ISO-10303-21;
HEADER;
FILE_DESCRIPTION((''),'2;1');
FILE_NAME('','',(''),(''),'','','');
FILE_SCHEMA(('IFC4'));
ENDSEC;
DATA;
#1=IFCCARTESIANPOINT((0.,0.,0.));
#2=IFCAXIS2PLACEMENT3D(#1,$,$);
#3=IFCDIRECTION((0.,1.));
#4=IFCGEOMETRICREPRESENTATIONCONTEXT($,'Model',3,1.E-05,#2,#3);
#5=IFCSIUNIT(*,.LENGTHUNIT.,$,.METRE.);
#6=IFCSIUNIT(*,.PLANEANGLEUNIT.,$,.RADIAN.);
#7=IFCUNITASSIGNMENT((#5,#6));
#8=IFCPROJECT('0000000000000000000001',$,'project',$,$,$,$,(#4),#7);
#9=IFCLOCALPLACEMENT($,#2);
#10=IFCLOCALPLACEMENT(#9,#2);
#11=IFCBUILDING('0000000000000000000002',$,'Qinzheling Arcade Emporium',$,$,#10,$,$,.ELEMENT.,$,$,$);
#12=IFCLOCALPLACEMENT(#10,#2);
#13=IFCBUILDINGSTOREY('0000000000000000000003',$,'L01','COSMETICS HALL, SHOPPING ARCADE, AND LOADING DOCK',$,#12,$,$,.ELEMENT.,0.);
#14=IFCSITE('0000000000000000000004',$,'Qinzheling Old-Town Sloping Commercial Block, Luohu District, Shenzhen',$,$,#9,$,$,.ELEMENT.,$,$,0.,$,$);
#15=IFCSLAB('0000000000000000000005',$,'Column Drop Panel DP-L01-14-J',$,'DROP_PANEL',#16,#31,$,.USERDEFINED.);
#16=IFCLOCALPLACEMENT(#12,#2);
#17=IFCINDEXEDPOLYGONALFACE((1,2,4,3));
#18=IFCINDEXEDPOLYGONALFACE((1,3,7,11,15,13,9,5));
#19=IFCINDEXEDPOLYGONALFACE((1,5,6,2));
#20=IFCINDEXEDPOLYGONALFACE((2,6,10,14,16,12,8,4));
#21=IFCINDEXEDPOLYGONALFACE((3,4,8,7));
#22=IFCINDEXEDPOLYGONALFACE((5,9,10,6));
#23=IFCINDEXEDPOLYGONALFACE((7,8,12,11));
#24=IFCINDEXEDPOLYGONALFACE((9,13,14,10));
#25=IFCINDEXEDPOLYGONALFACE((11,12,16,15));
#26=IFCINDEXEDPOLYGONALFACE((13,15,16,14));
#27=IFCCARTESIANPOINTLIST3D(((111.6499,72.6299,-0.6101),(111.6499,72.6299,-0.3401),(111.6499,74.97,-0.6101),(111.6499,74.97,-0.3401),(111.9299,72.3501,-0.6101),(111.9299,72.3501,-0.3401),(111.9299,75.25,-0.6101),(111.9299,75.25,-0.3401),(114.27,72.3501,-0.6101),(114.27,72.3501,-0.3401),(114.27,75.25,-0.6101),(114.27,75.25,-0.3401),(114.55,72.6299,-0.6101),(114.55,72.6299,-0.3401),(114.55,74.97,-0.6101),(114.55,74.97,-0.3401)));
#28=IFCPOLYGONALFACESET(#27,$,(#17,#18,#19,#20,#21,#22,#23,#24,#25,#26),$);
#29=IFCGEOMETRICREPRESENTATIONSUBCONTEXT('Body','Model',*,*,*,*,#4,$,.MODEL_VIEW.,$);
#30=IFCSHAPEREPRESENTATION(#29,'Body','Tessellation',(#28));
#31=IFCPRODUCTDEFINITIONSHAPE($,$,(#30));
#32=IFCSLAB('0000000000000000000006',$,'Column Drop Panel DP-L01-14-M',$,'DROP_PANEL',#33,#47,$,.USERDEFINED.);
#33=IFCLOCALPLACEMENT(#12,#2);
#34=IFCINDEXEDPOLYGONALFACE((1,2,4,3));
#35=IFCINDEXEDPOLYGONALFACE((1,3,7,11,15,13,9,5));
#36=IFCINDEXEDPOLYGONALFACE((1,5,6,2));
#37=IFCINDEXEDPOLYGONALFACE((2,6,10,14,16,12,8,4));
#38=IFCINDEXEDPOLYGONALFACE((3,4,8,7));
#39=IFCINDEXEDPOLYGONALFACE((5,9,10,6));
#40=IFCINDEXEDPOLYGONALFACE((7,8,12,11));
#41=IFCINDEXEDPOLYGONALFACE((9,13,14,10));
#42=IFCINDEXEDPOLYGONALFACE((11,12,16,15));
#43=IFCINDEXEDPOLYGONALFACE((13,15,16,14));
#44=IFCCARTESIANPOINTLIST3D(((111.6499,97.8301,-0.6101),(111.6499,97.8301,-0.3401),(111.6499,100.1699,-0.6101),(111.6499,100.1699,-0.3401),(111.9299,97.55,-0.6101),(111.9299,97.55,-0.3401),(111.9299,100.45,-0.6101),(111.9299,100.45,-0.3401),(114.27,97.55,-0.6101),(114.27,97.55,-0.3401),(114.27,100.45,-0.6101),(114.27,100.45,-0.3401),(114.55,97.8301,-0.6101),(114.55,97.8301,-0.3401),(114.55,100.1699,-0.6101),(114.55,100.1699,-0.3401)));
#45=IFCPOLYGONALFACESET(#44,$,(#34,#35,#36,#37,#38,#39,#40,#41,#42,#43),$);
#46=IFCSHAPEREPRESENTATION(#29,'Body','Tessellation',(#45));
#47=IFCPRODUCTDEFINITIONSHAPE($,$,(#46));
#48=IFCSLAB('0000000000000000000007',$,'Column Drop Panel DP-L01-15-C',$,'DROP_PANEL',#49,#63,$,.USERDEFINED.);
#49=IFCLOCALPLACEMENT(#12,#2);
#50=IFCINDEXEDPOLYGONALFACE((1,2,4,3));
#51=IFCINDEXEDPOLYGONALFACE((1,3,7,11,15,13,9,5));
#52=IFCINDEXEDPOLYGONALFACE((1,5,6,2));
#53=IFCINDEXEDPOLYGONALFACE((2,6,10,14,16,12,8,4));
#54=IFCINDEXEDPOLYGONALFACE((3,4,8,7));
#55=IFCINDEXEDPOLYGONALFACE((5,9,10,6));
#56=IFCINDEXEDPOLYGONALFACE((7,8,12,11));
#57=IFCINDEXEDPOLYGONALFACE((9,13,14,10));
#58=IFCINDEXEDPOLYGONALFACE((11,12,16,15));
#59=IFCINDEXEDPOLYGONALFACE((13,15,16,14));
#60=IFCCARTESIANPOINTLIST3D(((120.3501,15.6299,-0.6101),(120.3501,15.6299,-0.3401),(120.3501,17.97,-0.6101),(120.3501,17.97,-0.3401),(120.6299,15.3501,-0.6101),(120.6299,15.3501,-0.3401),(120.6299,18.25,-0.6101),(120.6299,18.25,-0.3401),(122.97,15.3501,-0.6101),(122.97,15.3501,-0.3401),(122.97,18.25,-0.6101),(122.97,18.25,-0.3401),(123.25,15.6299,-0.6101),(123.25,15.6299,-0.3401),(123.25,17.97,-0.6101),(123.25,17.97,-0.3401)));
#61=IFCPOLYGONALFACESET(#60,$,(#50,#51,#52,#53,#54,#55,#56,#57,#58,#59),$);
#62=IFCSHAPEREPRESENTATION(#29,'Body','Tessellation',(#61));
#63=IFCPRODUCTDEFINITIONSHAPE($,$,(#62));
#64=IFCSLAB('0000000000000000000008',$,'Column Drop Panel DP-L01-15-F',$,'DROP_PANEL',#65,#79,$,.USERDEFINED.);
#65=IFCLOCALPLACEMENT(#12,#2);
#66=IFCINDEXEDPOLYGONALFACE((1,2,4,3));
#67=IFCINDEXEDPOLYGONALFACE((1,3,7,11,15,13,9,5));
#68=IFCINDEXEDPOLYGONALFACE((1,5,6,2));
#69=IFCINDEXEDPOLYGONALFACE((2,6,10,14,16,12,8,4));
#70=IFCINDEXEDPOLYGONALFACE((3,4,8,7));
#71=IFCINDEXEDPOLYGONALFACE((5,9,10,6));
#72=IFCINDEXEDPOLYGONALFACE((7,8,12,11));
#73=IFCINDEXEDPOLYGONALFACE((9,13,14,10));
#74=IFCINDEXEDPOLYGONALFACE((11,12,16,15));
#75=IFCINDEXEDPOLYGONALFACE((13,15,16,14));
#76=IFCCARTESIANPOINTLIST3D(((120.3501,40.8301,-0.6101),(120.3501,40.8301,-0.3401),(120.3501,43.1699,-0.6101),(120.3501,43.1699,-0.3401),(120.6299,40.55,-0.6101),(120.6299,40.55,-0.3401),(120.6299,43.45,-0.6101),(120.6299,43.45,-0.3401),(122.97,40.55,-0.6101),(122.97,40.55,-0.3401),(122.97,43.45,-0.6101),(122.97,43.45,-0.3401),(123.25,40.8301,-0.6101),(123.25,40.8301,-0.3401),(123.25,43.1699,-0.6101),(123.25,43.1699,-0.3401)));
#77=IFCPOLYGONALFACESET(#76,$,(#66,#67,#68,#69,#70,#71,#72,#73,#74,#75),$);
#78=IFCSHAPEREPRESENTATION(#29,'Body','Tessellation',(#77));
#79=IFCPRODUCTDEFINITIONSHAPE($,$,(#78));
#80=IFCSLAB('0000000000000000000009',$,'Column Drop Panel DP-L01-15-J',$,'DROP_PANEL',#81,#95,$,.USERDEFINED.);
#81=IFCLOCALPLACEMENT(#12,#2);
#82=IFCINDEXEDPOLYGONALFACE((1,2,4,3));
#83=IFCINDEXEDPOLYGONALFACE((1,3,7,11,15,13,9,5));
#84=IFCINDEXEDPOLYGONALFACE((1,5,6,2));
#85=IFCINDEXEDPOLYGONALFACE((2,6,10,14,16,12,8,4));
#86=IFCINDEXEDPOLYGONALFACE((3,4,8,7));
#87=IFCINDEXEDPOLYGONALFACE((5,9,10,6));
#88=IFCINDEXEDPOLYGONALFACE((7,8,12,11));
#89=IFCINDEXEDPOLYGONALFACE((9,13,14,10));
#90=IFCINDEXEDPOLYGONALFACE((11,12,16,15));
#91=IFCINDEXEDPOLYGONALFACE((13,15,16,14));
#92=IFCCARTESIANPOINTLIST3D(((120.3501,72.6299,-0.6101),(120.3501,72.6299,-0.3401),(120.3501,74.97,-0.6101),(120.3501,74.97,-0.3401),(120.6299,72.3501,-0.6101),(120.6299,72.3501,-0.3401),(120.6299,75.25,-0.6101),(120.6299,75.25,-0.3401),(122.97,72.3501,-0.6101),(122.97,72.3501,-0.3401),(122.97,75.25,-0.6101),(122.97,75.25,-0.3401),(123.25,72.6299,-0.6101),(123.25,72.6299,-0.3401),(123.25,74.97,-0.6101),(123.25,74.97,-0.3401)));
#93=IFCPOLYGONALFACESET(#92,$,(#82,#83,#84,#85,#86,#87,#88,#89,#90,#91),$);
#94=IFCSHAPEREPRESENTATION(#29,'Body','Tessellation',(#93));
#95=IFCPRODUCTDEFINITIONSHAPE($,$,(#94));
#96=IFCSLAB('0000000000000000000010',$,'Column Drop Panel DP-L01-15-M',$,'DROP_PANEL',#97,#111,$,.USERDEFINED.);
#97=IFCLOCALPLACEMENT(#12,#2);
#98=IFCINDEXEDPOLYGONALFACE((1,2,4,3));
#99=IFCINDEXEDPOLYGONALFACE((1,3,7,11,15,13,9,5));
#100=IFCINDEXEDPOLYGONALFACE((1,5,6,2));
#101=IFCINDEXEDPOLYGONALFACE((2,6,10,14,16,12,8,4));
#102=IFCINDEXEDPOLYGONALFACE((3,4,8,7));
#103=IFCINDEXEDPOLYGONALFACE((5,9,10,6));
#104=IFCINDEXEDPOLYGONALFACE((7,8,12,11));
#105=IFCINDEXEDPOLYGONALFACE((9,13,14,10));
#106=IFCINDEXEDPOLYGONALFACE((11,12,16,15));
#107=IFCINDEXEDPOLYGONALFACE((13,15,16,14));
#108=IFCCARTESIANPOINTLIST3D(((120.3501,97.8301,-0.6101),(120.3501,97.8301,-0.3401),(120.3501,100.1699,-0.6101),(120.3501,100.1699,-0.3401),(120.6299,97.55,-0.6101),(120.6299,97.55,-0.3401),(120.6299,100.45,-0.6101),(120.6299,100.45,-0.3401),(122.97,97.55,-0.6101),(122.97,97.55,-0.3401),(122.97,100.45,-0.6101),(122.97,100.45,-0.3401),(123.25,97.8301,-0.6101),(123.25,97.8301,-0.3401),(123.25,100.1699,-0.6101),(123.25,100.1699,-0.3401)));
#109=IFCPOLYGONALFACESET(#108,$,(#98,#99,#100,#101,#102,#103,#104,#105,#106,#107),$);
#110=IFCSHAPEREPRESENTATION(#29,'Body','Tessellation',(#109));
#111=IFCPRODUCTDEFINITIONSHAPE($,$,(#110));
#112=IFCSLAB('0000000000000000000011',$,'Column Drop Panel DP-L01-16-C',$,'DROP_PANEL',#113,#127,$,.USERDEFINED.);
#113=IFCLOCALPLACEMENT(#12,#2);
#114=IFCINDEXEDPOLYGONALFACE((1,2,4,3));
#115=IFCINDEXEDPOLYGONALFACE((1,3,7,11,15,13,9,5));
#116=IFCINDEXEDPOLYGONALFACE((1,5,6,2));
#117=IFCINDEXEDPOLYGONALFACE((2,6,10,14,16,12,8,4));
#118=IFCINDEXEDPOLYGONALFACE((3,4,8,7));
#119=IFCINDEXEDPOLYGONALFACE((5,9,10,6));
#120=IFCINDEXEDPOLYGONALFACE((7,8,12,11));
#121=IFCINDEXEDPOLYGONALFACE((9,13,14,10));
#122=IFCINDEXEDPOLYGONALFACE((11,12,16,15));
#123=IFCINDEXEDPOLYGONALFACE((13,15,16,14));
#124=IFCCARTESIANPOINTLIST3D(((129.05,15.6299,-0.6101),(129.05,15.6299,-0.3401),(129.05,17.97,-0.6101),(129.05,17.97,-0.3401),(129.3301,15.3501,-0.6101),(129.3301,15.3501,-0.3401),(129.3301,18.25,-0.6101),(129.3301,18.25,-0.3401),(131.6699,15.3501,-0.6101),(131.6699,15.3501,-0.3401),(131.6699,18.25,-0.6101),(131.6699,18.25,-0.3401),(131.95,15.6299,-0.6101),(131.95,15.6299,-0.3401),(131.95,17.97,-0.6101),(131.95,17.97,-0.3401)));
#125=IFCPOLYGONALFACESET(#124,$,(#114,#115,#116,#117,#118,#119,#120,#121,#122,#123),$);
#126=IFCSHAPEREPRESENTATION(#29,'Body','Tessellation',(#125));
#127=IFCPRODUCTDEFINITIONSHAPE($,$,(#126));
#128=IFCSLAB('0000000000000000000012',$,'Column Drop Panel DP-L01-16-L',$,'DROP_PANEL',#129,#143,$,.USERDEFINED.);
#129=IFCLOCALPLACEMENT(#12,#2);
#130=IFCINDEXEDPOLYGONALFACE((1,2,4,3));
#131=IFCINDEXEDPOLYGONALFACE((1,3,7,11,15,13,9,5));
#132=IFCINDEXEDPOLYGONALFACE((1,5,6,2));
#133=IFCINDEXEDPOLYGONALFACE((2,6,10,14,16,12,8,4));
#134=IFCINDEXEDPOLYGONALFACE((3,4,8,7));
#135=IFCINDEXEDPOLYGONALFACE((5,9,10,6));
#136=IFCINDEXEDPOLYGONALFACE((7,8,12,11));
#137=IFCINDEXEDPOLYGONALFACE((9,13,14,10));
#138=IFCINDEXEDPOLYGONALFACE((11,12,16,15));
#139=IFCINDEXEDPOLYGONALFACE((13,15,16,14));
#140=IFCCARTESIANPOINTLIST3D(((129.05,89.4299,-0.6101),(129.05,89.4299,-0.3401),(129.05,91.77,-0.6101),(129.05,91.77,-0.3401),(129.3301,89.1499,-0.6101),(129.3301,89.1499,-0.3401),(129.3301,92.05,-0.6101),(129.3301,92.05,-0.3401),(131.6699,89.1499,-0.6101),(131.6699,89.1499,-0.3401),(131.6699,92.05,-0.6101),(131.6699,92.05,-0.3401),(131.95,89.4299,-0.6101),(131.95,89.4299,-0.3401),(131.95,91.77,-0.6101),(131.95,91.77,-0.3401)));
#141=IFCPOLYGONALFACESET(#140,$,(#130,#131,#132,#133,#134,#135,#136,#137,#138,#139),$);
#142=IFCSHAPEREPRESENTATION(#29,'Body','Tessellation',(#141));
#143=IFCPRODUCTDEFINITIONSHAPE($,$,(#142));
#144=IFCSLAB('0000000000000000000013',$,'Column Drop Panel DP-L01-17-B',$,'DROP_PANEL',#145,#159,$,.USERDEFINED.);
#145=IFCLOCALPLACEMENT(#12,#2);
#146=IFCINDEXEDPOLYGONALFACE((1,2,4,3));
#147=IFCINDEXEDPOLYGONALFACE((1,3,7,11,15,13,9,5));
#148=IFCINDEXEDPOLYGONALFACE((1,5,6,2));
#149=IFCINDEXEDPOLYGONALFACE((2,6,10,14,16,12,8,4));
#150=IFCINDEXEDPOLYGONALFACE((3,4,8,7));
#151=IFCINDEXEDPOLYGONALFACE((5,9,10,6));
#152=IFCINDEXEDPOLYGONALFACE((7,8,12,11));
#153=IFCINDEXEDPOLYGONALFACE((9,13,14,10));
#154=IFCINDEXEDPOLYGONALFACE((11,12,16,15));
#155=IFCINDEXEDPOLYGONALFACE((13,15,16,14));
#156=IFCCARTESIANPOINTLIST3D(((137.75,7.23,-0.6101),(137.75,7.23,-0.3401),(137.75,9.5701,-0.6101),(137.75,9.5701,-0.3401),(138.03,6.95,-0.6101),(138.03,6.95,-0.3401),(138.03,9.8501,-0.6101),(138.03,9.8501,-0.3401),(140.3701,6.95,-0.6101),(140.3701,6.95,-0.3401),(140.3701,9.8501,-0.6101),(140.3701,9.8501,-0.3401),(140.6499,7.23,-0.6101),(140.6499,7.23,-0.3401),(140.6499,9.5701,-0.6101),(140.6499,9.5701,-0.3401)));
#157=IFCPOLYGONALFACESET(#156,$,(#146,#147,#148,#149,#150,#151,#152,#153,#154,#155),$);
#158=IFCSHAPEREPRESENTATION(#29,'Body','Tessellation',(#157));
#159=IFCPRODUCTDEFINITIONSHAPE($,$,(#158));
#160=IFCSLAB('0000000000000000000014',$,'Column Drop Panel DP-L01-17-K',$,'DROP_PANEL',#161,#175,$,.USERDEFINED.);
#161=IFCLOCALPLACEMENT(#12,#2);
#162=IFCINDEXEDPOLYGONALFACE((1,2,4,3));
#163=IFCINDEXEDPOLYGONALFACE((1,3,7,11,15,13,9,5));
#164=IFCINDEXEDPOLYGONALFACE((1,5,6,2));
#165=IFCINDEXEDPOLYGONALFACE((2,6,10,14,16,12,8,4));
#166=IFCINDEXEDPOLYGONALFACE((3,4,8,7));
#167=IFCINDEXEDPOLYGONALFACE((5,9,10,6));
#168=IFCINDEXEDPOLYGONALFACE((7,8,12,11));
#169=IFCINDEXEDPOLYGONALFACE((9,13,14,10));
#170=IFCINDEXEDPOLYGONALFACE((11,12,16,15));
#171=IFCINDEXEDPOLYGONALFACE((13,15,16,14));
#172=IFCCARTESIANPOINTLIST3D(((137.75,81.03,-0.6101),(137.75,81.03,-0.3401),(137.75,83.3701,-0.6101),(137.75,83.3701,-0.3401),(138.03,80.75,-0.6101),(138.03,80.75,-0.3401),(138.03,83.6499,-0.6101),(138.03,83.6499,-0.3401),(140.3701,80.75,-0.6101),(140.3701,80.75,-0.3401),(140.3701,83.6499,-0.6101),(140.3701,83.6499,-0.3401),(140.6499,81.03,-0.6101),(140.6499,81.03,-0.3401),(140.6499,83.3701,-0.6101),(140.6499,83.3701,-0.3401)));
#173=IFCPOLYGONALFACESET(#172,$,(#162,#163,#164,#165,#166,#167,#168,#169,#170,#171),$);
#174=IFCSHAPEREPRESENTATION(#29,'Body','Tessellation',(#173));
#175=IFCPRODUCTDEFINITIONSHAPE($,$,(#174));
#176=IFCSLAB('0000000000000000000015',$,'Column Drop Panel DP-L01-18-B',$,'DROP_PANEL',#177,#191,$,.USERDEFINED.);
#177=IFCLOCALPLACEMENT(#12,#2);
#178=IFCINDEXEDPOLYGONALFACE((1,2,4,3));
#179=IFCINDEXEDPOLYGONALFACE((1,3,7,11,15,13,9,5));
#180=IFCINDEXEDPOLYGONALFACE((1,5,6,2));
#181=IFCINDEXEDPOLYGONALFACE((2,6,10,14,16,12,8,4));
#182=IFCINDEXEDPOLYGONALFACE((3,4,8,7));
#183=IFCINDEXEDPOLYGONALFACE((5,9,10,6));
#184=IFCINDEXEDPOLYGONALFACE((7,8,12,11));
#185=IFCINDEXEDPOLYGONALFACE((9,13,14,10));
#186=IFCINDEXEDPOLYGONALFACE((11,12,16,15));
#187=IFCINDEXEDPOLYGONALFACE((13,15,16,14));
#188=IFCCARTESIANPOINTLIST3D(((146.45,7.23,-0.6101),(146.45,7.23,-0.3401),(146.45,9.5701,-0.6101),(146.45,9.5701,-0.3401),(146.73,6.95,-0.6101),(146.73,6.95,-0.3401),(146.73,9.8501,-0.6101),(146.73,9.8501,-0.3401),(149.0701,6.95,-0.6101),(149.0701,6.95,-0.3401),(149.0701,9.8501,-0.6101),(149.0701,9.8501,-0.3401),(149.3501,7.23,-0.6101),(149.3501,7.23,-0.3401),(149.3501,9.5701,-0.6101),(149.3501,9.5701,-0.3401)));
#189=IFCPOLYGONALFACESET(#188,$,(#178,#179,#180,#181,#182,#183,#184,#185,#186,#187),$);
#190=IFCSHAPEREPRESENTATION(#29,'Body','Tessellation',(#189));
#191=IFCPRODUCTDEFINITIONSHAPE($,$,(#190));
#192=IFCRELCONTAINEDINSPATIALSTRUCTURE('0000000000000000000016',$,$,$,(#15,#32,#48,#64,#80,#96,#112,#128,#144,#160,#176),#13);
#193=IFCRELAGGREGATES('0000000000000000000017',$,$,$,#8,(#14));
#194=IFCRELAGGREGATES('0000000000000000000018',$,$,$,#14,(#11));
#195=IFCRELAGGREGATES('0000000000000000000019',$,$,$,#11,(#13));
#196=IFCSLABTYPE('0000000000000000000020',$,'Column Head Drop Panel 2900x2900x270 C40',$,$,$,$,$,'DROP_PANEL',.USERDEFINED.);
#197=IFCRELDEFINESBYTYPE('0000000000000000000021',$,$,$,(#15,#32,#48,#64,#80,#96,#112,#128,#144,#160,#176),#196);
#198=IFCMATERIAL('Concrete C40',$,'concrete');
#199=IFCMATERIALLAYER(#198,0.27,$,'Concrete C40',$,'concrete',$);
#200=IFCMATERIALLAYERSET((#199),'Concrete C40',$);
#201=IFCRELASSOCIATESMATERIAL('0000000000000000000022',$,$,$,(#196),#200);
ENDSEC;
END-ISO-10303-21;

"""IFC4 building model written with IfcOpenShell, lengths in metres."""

from ifc_helpers import new_model, si_unit, direction, frame, origin, place, context, subcontext, project, spatial, polyline, outline, extrude, material, layer, layer_set, type_object, element, save


model = new_model("IFC4")

# Units and contexts
model_context = context("Model", 3, precision=1e-05, world=origin(), true_north=direction((0.0, 1.0)))
body_context = subcontext(model_context, "Body", "Model", "MODEL_VIEW")
ifc_project = project(units=[si_unit("LENGTHUNIT", "METRE"), si_unit("PLANEANGLEUNIT", "RADIAN")], contexts=[model_context])

# Site, building, storey
site_placement = place(None, origin())
site = spatial("IfcSite", under=ifc_project, at=site_placement, Name="Qinzheling Old-Town Sloping Commercial Block, Luohu District, Shenzhen", CompositionType="ELEMENT", RefElevation=0.0)
building_placement = place(site_placement, origin())
building = spatial("IfcBuilding", under=site, at=building_placement, Name="Qinzheling Arcade Emporium", CompositionType="ELEMENT")
storey_placement = place(building_placement, origin())
storey = spatial("IfcBuildingStorey", under=building, at=storey_placement, Name="L01", Description="COSMETICS HALL, SHOPPING ARCADE, AND LOADING DOCK", CompositionType="ELEMENT", Elevation=0.0)

# Slabs
ifc_material = material(Name="Concrete C40", Category="concrete")
ifc_layer_1 = layer(ifc_material, 0.27, Name="Concrete C40", Category="concrete")
ifc_layer_set_1 = layer_set([ifc_layer_1], Name="Concrete C40")
slab_type_1 = type_object("IfcSlabType", Name="Column Head Drop Panel 2900x2900x270 C40", ElementType="DROP_PANEL", PredefinedType="USERDEFINED", material=ifc_layer_set_1)
slab_1_placement = place(storey_placement, frame((0.0, 0.0, -0.6101)))
element("IfcSlab", 1, at=slab_1_placement, inside=storey, type_object=slab_type_1, Name="Column Drop Panel DP-L01-14-J", ObjectType="DROP_PANEL", PredefinedType="USERDEFINED", context=body_context, shape_type="SweptSolid", body=[
    extrude(outline(polyline([(111.9299, 72.3501), (114.27, 72.3501), (114.55, 72.6299), (114.55, 74.97), (114.27, 75.25), (111.9299, 75.25), (111.6499, 74.97), (111.6499, 72.6299), (111.9299, 72.3501)])), origin(), (0.0, 0.0, 1.0), 0.27),
])
slab_2_placement = place(storey_placement, frame((0.0, 0.0, -0.6101)))
element("IfcSlab", 2, at=slab_2_placement, inside=storey, type_object=slab_type_1, Name="Column Drop Panel DP-L01-14-M", ObjectType="DROP_PANEL", PredefinedType="USERDEFINED", context=body_context, shape_type="SweptSolid", body=[
    extrude(outline(polyline([(111.9299, 97.55), (114.27, 97.55), (114.55, 97.8301), (114.55, 100.1699), (114.27, 100.45), (111.9299, 100.45), (111.6499, 100.1699), (111.6499, 97.8301), (111.9299, 97.55)])), origin(), (0.0, 0.0, 1.0), 0.27),
])
slab_3_placement = place(storey_placement, frame((0.0, 0.0, -0.6101)))
element("IfcSlab", 3, at=slab_3_placement, inside=storey, type_object=slab_type_1, Name="Column Drop Panel DP-L01-15-C", ObjectType="DROP_PANEL", PredefinedType="USERDEFINED", context=body_context, shape_type="SweptSolid", body=[
    extrude(outline(polyline([(120.6299, 15.3501), (122.97, 15.3501), (123.25, 15.6299), (123.25, 17.97), (122.97, 18.25), (120.6299, 18.25), (120.3501, 17.97), (120.3501, 15.6299), (120.6299, 15.3501)])), origin(), (0.0, 0.0, 1.0), 0.27),
])
slab_4_placement = place(storey_placement, frame((0.0, 0.0, -0.6101)))
element("IfcSlab", 4, at=slab_4_placement, inside=storey, type_object=slab_type_1, Name="Column Drop Panel DP-L01-15-F", ObjectType="DROP_PANEL", PredefinedType="USERDEFINED", context=body_context, shape_type="SweptSolid", body=[
    extrude(outline(polyline([(120.6299, 40.55), (122.97, 40.55), (123.25, 40.8301), (123.25, 43.1699), (122.97, 43.45), (120.6299, 43.45), (120.3501, 43.1699), (120.3501, 40.8301), (120.6299, 40.55)])), origin(), (0.0, 0.0, 1.0), 0.27),
])
slab_5_placement = place(storey_placement, frame((0.0, 0.0, -0.6101)))
element("IfcSlab", 5, at=slab_5_placement, inside=storey, type_object=slab_type_1, Name="Column Drop Panel DP-L01-15-J", ObjectType="DROP_PANEL", PredefinedType="USERDEFINED", context=body_context, shape_type="SweptSolid", body=[
    extrude(outline(polyline([(120.6299, 72.3501), (122.97, 72.3501), (123.25, 72.6299), (123.25, 74.97), (122.97, 75.25), (120.6299, 75.25), (120.3501, 74.97), (120.3501, 72.6299), (120.6299, 72.3501)])), origin(), (0.0, 0.0, 1.0), 0.27),
])
slab_6_placement = place(storey_placement, frame((0.0, 0.0, -0.6101)))
element("IfcSlab", 6, at=slab_6_placement, inside=storey, type_object=slab_type_1, Name="Column Drop Panel DP-L01-15-M", ObjectType="DROP_PANEL", PredefinedType="USERDEFINED", context=body_context, shape_type="SweptSolid", body=[
    extrude(outline(polyline([(120.6299, 97.55), (122.97, 97.55), (123.25, 97.8301), (123.25, 100.1699), (122.97, 100.45), (120.6299, 100.45), (120.3501, 100.1699), (120.3501, 97.8301), (120.6299, 97.55)])), origin(), (0.0, 0.0, 1.0), 0.27),
])
slab_7_placement = place(storey_placement, frame((0.0, 0.0, -0.6101)))
element("IfcSlab", 7, at=slab_7_placement, inside=storey, type_object=slab_type_1, Name="Column Drop Panel DP-L01-16-C", ObjectType="DROP_PANEL", PredefinedType="USERDEFINED", context=body_context, shape_type="SweptSolid", body=[
    extrude(outline(polyline([(129.3301, 15.3501), (131.6699, 15.3501), (131.95, 15.6299), (131.95, 17.97), (131.6699, 18.25), (129.3301, 18.25), (129.05, 17.97), (129.05, 15.6299), (129.3301, 15.3501)])), origin(), (0.0, 0.0, 1.0), 0.27),
])
slab_8_placement = place(storey_placement, frame((0.0, 0.0, -0.6101)))
element("IfcSlab", 8, at=slab_8_placement, inside=storey, type_object=slab_type_1, Name="Column Drop Panel DP-L01-16-L", ObjectType="DROP_PANEL", PredefinedType="USERDEFINED", context=body_context, shape_type="SweptSolid", body=[
    extrude(outline(polyline([(129.3301, 89.1499), (131.6699, 89.1499), (131.95, 89.4299), (131.95, 91.77), (131.6699, 92.05), (129.3301, 92.05), (129.05, 91.77), (129.05, 89.4299), (129.3301, 89.1499)])), origin(), (0.0, 0.0, 1.0), 0.27),
])
slab_9_placement = place(storey_placement, frame((0.0, 0.0, -0.6101)))
element("IfcSlab", 9, at=slab_9_placement, inside=storey, type_object=slab_type_1, Name="Column Drop Panel DP-L01-17-B", ObjectType="DROP_PANEL", PredefinedType="USERDEFINED", context=body_context, shape_type="SweptSolid", body=[
    extrude(outline(polyline([(138.03, 6.95), (140.3701, 6.95), (140.6499, 7.23), (140.6499, 9.5701), (140.3701, 9.8501), (138.03, 9.8501), (137.75, 9.5701), (137.75, 7.23), (138.03, 6.95)])), origin(), (0.0, 0.0, 1.0), 0.27),
])
slab_10_placement = place(storey_placement, frame((0.0, 0.0, -0.6101)))
element("IfcSlab", 10, at=slab_10_placement, inside=storey, type_object=slab_type_1, Name="Column Drop Panel DP-L01-17-K", ObjectType="DROP_PANEL", PredefinedType="USERDEFINED", context=body_context, shape_type="SweptSolid", body=[
    extrude(outline(polyline([(138.03, 80.75), (140.3701, 80.75), (140.6499, 81.03), (140.6499, 83.3701), (140.3701, 83.6499), (138.03, 83.6499), (137.75, 83.3701), (137.75, 81.03), (138.03, 80.75)])), origin(), (0.0, 0.0, 1.0), 0.27),
])
slab_11_placement = place(storey_placement, frame((0.0, 0.0, -0.6101)))
element("IfcSlab", 11, at=slab_11_placement, inside=storey, type_object=slab_type_1, Name="Column Drop Panel DP-L01-18-B", ObjectType="DROP_PANEL", PredefinedType="USERDEFINED", context=body_context, shape_type="SweptSolid", body=[
    extrude(outline(polyline([(146.73, 6.95), (149.0701, 6.95), (149.3501, 7.23), (149.3501, 9.5701), (149.0701, 9.8501), (146.73, 9.8501), (146.45, 9.5701), (146.45, 7.23), (146.73, 6.95)])), origin(), (0.0, 0.0, 1.0), 0.27),
])

save(model, "model.ifc")
